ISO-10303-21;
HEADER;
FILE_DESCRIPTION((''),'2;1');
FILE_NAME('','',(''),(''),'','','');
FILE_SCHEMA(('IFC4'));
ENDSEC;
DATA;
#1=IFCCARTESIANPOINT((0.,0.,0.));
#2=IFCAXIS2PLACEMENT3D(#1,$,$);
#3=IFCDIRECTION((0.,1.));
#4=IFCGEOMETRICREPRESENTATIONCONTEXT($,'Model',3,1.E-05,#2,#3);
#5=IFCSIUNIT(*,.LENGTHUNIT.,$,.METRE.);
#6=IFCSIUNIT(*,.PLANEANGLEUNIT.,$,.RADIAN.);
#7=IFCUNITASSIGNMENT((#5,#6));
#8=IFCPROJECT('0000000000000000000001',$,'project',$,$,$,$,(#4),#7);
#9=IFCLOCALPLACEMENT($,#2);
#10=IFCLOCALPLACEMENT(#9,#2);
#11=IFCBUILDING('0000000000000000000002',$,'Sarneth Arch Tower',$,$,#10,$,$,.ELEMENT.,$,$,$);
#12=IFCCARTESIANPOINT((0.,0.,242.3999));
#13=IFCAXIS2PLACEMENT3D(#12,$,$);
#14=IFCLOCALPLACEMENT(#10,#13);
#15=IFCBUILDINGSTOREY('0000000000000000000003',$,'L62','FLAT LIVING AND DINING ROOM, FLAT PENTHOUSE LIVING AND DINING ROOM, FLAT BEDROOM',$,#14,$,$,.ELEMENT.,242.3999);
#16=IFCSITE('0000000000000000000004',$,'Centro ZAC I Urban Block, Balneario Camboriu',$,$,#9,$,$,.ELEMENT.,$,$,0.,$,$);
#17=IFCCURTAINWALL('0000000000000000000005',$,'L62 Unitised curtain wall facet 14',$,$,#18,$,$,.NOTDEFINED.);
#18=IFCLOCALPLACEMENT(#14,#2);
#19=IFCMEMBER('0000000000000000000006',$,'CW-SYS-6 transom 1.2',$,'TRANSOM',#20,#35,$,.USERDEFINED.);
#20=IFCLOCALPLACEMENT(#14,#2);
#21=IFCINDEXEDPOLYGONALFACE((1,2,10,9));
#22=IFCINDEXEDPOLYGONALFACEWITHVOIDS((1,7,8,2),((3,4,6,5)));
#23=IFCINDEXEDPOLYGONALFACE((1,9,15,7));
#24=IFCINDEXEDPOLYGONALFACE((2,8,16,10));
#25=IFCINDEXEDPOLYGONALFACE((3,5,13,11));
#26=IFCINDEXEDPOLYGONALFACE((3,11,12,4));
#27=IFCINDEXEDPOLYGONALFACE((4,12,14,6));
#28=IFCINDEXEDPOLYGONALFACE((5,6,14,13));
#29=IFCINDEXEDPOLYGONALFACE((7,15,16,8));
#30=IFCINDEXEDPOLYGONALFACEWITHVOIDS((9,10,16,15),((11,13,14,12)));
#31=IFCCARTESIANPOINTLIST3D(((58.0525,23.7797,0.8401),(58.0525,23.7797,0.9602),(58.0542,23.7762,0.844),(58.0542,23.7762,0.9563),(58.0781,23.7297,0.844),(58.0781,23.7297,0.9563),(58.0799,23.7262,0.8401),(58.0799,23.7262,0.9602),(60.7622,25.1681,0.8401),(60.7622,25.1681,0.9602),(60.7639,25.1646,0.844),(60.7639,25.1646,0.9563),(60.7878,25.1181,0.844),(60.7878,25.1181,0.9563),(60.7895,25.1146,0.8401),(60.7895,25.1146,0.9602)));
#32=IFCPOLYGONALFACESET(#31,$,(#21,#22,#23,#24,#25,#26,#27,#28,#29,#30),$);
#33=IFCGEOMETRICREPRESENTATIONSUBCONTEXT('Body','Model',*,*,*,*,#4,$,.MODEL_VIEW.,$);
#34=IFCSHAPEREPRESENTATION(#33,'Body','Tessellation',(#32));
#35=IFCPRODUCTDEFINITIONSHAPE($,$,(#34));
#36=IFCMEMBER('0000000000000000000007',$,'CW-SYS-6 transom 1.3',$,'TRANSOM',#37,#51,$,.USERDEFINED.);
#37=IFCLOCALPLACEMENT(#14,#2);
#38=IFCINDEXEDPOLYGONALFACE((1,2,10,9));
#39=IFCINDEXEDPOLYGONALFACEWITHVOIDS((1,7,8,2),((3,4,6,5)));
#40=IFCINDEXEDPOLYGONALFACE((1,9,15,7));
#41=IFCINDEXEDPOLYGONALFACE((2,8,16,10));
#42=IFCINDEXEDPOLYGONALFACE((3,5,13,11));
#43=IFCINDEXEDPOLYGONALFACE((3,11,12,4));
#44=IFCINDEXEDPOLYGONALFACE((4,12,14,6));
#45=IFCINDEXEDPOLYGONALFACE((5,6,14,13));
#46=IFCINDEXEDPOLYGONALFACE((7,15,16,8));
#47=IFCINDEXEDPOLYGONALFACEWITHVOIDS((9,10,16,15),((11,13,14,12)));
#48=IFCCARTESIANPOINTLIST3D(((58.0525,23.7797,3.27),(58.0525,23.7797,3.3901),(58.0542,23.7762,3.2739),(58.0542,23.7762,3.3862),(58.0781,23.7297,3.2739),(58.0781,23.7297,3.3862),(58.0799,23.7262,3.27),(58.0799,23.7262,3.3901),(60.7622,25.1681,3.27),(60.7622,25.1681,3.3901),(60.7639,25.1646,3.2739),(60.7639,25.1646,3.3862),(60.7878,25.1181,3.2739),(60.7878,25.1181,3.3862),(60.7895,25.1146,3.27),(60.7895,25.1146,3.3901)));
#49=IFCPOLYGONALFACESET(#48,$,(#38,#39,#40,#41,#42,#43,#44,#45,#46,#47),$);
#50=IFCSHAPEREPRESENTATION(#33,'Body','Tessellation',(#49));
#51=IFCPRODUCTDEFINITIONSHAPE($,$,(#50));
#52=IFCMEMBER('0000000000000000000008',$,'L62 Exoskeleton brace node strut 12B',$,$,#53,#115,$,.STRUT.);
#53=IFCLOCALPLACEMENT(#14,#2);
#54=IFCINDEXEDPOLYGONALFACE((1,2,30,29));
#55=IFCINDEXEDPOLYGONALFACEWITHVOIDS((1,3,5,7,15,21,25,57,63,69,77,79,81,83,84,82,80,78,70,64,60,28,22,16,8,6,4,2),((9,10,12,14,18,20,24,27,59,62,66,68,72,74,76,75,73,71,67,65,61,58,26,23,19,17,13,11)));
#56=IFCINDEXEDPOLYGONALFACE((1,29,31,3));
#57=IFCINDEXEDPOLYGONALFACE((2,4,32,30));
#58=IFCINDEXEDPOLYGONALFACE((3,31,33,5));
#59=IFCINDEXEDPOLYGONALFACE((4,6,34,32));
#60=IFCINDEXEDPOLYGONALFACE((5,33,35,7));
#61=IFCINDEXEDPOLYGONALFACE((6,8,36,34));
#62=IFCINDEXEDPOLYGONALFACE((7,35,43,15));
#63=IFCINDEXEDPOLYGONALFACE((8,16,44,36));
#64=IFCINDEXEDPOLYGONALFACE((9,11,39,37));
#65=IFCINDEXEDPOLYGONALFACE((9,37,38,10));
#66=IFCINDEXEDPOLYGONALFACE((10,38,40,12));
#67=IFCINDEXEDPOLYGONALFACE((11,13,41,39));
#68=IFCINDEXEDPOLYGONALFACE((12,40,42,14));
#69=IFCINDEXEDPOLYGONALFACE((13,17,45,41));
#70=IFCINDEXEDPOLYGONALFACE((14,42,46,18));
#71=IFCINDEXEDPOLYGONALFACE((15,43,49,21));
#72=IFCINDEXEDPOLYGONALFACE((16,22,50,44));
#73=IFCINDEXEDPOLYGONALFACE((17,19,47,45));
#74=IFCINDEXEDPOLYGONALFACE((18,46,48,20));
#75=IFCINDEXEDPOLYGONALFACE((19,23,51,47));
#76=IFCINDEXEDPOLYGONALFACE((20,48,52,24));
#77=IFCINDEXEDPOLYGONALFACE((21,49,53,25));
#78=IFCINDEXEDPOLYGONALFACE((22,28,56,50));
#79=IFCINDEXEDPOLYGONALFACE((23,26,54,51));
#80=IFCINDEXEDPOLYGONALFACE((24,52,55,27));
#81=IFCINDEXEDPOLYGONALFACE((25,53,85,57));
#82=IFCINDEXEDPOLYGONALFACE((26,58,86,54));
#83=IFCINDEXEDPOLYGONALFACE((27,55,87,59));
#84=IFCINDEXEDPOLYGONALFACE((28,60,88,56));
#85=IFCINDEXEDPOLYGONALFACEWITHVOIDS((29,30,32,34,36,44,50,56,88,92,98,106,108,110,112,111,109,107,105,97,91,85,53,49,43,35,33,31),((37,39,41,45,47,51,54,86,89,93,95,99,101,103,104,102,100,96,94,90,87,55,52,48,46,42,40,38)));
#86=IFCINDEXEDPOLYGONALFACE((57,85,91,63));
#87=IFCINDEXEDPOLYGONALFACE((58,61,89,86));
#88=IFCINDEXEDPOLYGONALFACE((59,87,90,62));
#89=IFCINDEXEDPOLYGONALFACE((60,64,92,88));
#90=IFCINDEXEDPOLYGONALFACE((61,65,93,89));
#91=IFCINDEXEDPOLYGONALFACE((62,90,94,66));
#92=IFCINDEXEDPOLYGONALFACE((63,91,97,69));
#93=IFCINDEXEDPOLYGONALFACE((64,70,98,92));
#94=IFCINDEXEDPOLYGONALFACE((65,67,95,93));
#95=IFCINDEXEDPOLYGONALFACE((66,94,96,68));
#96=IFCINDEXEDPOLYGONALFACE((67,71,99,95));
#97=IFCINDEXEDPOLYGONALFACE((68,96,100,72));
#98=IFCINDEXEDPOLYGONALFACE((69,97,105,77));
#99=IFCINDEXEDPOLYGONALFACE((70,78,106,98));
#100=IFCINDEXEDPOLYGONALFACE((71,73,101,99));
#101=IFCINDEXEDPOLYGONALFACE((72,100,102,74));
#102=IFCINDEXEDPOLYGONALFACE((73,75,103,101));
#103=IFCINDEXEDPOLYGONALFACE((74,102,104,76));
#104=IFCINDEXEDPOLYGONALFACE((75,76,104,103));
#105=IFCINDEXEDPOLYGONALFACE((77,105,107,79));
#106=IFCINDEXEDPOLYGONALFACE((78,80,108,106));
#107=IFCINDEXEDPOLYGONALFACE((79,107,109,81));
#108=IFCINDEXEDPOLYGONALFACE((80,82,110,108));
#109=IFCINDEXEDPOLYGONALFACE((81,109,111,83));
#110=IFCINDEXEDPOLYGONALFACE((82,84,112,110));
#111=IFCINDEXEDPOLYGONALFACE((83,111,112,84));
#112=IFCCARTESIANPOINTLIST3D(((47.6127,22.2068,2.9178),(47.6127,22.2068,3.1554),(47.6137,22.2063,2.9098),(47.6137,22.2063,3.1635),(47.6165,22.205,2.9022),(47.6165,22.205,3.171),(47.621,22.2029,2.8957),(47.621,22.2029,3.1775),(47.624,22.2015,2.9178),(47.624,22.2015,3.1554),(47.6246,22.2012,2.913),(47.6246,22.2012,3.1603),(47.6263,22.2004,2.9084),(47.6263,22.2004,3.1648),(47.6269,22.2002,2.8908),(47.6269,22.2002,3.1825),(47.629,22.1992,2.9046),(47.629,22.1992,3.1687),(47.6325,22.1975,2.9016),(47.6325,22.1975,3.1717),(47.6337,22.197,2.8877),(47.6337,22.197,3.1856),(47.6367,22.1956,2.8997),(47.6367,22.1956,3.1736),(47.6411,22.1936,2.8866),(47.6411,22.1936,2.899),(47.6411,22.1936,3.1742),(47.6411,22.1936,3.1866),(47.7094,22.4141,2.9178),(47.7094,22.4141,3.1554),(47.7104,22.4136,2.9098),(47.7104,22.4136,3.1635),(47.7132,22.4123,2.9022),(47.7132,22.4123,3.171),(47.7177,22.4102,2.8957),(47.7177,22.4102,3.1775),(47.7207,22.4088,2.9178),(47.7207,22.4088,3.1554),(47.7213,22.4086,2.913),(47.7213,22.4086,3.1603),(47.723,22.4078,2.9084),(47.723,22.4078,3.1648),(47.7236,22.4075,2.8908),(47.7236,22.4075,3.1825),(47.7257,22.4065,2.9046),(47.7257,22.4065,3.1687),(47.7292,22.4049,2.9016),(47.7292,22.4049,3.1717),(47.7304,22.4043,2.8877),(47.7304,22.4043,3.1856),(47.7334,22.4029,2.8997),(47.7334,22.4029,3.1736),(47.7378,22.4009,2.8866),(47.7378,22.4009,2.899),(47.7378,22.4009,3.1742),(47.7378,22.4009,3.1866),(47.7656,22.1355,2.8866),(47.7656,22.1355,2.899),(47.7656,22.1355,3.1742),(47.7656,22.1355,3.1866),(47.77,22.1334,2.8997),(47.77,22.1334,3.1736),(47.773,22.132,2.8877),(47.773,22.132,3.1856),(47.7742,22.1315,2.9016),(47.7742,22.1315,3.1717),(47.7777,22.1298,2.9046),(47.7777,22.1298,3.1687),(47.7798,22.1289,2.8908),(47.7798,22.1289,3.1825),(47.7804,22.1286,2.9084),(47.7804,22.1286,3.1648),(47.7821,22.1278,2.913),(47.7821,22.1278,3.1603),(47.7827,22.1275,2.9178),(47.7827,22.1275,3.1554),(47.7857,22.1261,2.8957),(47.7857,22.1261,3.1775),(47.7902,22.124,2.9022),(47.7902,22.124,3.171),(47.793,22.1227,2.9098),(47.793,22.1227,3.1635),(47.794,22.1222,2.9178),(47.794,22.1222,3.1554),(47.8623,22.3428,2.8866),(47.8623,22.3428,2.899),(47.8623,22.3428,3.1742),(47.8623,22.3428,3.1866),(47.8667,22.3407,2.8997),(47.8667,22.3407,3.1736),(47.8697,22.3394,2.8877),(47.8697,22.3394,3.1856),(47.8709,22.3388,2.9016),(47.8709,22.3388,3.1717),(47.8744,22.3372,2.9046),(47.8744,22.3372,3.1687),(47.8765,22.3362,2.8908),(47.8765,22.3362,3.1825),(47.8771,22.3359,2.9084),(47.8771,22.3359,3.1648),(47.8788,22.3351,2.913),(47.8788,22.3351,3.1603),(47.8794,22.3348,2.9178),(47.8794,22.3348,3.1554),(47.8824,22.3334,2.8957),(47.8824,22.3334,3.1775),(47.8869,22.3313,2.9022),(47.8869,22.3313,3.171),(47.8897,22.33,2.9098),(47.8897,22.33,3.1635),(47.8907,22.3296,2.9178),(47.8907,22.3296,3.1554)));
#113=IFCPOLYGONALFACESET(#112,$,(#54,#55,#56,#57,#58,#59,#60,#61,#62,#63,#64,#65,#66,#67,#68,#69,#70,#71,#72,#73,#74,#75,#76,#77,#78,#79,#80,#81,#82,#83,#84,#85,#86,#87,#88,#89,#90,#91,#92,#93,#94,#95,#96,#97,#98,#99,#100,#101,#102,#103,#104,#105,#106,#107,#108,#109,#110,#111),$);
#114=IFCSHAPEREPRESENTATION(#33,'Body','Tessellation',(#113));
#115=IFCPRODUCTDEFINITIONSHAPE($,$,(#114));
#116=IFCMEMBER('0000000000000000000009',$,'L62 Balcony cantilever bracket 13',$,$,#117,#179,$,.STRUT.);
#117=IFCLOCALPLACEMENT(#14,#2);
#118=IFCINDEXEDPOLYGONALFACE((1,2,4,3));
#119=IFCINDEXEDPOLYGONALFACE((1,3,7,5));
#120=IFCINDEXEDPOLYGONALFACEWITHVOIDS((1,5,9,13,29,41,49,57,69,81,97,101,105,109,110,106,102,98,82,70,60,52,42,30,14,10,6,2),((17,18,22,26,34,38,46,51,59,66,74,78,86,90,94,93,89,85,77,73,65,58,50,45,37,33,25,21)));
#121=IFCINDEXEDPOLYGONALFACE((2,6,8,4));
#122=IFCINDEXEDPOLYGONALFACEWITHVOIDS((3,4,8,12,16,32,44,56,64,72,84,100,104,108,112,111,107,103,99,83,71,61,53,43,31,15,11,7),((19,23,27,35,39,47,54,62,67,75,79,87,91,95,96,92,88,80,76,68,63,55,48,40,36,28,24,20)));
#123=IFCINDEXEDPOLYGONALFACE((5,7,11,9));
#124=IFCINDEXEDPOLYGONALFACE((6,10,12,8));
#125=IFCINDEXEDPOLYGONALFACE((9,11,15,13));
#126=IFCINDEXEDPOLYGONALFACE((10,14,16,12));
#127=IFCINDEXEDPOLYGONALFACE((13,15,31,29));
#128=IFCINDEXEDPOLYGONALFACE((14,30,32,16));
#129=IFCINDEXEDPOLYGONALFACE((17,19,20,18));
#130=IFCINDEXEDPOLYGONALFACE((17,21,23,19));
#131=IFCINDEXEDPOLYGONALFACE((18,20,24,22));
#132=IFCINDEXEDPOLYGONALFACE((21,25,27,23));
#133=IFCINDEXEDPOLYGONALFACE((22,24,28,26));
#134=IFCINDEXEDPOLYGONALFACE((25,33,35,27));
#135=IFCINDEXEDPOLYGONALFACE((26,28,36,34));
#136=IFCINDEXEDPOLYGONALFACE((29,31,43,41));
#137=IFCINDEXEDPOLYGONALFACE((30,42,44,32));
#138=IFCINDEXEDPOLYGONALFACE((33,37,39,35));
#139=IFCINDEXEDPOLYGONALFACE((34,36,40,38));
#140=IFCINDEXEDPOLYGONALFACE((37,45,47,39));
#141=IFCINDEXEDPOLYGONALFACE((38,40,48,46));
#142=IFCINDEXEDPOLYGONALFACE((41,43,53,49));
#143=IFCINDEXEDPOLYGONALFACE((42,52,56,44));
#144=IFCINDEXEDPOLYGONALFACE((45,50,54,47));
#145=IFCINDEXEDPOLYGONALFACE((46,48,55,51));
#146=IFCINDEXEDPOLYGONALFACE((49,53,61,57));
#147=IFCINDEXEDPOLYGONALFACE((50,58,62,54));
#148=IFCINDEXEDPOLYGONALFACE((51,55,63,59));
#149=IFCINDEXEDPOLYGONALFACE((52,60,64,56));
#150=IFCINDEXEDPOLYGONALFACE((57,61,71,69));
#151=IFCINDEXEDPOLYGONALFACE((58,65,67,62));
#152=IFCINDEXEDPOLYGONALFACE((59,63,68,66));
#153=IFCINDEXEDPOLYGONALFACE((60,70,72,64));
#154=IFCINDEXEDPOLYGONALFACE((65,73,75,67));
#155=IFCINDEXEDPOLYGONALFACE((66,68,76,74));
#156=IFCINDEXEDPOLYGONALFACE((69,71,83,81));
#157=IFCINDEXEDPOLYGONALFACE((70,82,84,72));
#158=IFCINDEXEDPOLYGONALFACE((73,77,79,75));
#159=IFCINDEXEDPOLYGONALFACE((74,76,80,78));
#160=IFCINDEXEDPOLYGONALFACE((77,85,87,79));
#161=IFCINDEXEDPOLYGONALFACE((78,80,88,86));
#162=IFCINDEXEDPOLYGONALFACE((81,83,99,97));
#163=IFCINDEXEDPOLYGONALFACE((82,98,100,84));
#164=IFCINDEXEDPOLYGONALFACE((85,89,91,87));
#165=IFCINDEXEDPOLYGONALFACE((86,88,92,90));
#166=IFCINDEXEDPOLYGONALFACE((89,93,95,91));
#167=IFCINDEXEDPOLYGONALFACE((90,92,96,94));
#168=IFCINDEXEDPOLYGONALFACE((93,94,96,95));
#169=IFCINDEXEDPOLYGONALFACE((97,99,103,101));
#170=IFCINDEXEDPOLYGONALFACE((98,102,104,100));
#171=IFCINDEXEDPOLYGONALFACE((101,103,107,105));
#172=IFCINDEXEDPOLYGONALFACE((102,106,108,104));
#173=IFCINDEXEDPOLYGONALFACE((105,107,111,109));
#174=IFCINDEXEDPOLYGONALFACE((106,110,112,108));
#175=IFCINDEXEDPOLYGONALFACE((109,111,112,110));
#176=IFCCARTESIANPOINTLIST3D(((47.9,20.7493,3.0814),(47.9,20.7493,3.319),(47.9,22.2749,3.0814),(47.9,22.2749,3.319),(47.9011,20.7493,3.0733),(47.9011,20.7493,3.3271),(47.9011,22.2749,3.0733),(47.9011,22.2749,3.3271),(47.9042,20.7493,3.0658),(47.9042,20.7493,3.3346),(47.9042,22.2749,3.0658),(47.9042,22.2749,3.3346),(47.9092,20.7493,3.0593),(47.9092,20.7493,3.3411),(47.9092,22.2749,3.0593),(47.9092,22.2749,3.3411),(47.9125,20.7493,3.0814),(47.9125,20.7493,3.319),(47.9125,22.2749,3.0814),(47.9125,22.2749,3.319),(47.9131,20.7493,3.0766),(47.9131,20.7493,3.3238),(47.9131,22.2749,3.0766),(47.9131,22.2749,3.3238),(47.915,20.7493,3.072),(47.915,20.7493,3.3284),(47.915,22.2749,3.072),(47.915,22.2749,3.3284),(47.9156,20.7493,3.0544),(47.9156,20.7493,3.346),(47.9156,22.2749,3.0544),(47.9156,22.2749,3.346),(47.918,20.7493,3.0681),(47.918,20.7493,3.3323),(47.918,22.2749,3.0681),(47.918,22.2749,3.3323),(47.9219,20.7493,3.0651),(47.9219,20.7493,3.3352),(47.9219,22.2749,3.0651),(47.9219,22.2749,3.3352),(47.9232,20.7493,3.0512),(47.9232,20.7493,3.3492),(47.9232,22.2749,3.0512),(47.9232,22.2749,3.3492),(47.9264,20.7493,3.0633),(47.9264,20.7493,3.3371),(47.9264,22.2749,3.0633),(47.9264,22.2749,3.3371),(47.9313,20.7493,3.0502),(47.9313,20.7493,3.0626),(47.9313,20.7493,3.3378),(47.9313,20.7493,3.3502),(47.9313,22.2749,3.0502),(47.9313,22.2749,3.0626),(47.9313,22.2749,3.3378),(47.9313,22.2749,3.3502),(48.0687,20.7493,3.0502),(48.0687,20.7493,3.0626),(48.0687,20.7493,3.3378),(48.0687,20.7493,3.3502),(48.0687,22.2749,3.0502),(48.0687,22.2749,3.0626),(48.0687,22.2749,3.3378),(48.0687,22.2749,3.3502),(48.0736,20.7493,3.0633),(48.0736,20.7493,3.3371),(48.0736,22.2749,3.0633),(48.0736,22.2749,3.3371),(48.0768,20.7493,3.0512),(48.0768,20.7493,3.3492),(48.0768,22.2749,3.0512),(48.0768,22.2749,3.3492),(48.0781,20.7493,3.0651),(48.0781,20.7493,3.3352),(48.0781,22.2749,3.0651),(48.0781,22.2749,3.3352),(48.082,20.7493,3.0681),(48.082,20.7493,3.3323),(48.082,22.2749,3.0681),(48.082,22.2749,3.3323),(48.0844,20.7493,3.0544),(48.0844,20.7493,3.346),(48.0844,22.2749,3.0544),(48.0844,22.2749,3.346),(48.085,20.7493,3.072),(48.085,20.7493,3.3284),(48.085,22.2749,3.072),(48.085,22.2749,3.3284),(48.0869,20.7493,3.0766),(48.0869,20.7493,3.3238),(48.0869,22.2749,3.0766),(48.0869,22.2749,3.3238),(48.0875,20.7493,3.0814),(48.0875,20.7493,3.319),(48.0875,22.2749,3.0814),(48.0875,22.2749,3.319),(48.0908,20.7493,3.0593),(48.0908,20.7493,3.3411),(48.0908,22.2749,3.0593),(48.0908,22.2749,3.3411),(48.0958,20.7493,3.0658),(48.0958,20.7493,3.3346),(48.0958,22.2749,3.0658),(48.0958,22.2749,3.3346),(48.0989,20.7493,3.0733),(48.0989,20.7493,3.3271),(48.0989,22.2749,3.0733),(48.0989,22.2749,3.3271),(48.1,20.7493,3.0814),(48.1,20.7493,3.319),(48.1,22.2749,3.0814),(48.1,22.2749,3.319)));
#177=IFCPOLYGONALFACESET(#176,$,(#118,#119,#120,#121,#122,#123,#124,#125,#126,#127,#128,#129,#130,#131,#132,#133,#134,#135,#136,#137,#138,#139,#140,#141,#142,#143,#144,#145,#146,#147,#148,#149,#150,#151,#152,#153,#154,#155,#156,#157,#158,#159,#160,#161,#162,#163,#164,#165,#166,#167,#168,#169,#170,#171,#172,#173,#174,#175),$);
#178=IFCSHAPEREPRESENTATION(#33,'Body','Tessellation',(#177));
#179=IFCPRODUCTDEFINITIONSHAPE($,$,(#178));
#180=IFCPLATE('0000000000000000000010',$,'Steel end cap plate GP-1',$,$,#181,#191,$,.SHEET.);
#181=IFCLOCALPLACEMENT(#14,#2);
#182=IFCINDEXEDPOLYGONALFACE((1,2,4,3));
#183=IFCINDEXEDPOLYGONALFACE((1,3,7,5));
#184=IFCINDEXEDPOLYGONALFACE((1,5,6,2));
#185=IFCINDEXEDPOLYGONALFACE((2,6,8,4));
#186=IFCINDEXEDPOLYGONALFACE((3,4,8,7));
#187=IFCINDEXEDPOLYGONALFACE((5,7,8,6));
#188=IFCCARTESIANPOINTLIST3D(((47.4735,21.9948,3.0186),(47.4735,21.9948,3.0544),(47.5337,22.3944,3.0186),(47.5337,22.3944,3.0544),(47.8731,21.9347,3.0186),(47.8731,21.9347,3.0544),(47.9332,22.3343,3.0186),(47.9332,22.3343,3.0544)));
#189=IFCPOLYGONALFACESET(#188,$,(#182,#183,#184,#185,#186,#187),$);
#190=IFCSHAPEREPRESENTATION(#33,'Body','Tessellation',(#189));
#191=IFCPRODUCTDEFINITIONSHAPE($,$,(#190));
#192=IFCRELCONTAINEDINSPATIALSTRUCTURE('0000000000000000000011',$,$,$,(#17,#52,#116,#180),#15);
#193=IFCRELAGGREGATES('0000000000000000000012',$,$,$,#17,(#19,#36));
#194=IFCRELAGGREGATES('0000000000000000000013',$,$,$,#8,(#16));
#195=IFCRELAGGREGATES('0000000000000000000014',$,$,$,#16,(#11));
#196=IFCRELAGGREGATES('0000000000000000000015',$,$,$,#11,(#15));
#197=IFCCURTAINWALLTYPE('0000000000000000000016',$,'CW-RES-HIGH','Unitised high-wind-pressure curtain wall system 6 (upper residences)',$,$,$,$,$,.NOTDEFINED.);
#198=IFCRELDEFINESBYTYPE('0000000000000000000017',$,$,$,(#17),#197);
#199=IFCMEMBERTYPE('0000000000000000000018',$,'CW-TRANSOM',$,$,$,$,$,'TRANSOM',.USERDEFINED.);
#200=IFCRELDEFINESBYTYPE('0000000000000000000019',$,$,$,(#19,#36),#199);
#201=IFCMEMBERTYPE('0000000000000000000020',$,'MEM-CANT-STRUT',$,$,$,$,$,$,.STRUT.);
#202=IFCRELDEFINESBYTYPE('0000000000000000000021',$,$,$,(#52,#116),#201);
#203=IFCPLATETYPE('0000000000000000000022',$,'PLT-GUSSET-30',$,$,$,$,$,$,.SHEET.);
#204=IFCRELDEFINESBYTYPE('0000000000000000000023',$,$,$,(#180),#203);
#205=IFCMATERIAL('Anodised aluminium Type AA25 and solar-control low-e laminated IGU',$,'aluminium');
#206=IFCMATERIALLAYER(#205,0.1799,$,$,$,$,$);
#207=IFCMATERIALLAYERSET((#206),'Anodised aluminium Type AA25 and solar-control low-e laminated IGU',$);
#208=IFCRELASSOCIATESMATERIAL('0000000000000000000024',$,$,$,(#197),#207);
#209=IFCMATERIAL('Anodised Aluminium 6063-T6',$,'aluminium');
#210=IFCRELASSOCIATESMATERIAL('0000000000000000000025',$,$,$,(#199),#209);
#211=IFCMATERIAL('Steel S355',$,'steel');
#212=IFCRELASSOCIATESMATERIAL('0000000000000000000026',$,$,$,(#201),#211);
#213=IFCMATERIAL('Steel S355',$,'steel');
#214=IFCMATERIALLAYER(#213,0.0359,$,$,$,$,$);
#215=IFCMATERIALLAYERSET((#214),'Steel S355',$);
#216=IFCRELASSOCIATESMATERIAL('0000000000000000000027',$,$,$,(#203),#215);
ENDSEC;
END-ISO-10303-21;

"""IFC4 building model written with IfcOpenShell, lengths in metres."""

from ifc_helpers import new_model, si_unit, direction, frame, origin, origin_2d, place, context, subcontext, project, spatial, rectangle, hollow_rectangle, extrude, material, layer, layer_set, material_profile, profile_set, type_object, element, aggregate, save


model = new_model("IFC4")

# Units and contexts
model_context = context("Model", 3, precision=1e-05, world=origin(), true_north=direction((0.0, 1.0)))
body_context = subcontext(model_context, "Body", "Model", "MODEL_VIEW")
ifc_project = project(units=[si_unit("LENGTHUNIT", "METRE"), si_unit("PLANEANGLEUNIT", "RADIAN")], contexts=[model_context])

# Site, building, storey
site_placement = place(None, origin())
site = spatial("IfcSite", under=ifc_project, at=site_placement, Name="Centro ZAC I Urban Block, Balneario Camboriu", CompositionType="ELEMENT", RefElevation=0.0)
building_placement = place(site_placement, origin())
building = spatial("IfcBuilding", under=site, at=building_placement, Name="Sarneth Arch Tower", CompositionType="ELEMENT")
storey_placement = place(building_placement, frame((0.0, 0.0, 242.3999)))
storey = spatial("IfcBuildingStorey", under=building, at=storey_placement, Name="L62", Description="FLAT LIVING AND DINING ROOM, FLAT PENTHOUSE LIVING AND DINING ROOM, FLAT BEDROOM", CompositionType="ELEMENT", Elevation=242.3999)

# Curtain wall, members
ifc_material_1 = material(Name="Anodised aluminium Type AA25 and solar-control low-e laminated IGU", Category="aluminium")
ifc_layer_1 = layer(ifc_material_1, 0.1799)
ifc_layer_set_1 = layer_set([ifc_layer_1], Name="Anodised aluminium Type AA25 and solar-control low-e laminated IGU")
curtain_wall_type = type_object("IfcCurtainWallType", Name="CW-RES-HIGH", Description="Unitised high-wind-pressure curtain wall system 6 (upper residences)", PredefinedType="NOTDEFINED", material=ifc_layer_set_1)
curtain_wall_placement = place(storey_placement, origin())
curtain_wall = element("IfcCurtainWall", 1, at=curtain_wall_placement, inside=storey, type_object=curtain_wall_type, Name="L62 Unitised curtain wall facet 14", PredefinedType="NOTDEFINED")
ifc_material_2 = material(Name="Anodised Aluminium 6063-T6", Category="aluminium")
ifc_material_profile_1 = material_profile(ifc_material_2, hollow_rectangle(XDim=0.0601, YDim=0.1201, WallThickness=0.0039, at=origin_2d()), Name="AL-TRAN-120x60x4")
ifc_profile_set_1 = profile_set([ifc_material_profile_1], Name="Anodised Aluminium 6063-T6")
member_type_1 = type_object("IfcMemberType", Name="CW-TRANSOM", ElementType="TRANSOM", PredefinedType="USERDEFINED", material=ifc_profile_set_1)
member_1_placement = place(storey_placement, frame((58.0662, 23.7529, 0.9001), z_axis=(0.889974, 0.456012, 0.0), x_axis=(-0.456012, 0.889974, 0.0)))
member_1 = element("IfcMember", 2, at=member_1_placement, type_object=member_type_1, Name="CW-SYS-6 transom 1.2", ObjectType="TRANSOM", PredefinedType="USERDEFINED", context=body_context, shape_type="SweptSolid", body=[
    extrude(hollow_rectangle(XDim=0.0601, YDim=0.1201, WallThickness=0.0039, at=origin_2d()), origin(), (0.0, 0.0, 1.0), 3.0447),
])
member_2_placement = place(storey_placement, frame((58.0662, 23.7529, 3.3301), z_axis=(0.889974, 0.456012, 0.0), x_axis=(-0.456012, 0.889974, 0.0)))
member_2 = element("IfcMember", 3, at=member_2_placement, type_object=member_type_1, Name="CW-SYS-6 transom 1.3", ObjectType="TRANSOM", PredefinedType="USERDEFINED", context=body_context, shape_type="SweptSolid", body=[
    extrude(hollow_rectangle(XDim=0.0601, YDim=0.1201, WallThickness=0.0039, at=origin_2d()), origin(), (0.0, 0.0, 1.0), 3.0447),
])
aggregate(curtain_wall, [member_1, member_2])

# Members
ifc_material_3 = material(Name="Steel S355", Category="steel")
ifc_material_profile_2 = material_profile(ifc_material_3, hollow_rectangle(XDim=0.2, YDim=0.3, WallThickness=0.0125, InnerFilletRadius=0.0188, OuterFilletRadius=0.0312, at=origin_2d()), Name="RHS300x200x12.5")
ifc_profile_set_2 = profile_set([ifc_material_profile_2], Name="Steel S355")
member_type_2 = type_object("IfcMemberType", Name="MEM-CANT-STRUT", PredefinedType="STRUT", material=ifc_profile_set_2)
member_3_placement = place(storey_placement, frame((47.8, 22.3718, 3.0366), z_axis=(-0.42271, -0.906265, 0.0), x_axis=(0.906265, -0.42271, 0.0)))
element("IfcMember", 4, at=member_3_placement, inside=storey, type_object=member_type_2, Name="L62 Exoskeleton brace node strut 12B", PredefinedType="STRUT", context=body_context, shape_type="SweptSolid", body=[
    extrude(hollow_rectangle(XDim=0.2, YDim=0.3, WallThickness=0.0125, InnerFilletRadius=0.0188, OuterFilletRadius=0.0312, at=origin_2d()), origin(), (0.0, 0.0, 1.0), 0.2288),
])
member_4_placement = place(storey_placement, frame((48.0, 22.2749, 3.2002), z_axis=(0.0, -1.0, 0.0), x_axis=(1.0, 0.0, 0.0)))
element("IfcMember", 5, at=member_4_placement, inside=storey, type_object=member_type_2, Name="L62 Balcony cantilever bracket 13", PredefinedType="STRUT", context=body_context, shape_type="SweptSolid", body=[
    extrude(hollow_rectangle(XDim=0.2, YDim=0.3, WallThickness=0.0125, InnerFilletRadius=0.0188, OuterFilletRadius=0.0312, at=origin_2d()), origin(), (0.0, 0.0, 1.0), 1.5256),
])

# Plate
ifc_material_4 = material(Name="Steel S355", Category="steel")
ifc_layer_2 = layer(ifc_material_4, 0.0359)
ifc_layer_set_2 = layer_set([ifc_layer_2], Name="Steel S355")
plate_type = type_object("IfcPlateType", Name="PLT-GUSSET-30", PredefinedType="SHEET", material=ifc_layer_set_2)
plate_1_placement = place(storey_placement, frame((47.7034, 22.1646, 3.0186), z_axis=(0.0, 0.0, 1.0), x_axis=(0.988861, -0.148845, 0.0)))
element("IfcPlate", 6, at=plate_1_placement, inside=storey, type_object=plate_type, Name="Steel end cap plate GP-1", PredefinedType="SHEET", context=body_context, shape_type="SweptSolid", body=[
    extrude(rectangle(XDim=0.4041, YDim=0.4041, at=origin_2d()), origin(), (0.0, 0.0, 1.0), 0.0359),
])

save(model, "model.ifc")
